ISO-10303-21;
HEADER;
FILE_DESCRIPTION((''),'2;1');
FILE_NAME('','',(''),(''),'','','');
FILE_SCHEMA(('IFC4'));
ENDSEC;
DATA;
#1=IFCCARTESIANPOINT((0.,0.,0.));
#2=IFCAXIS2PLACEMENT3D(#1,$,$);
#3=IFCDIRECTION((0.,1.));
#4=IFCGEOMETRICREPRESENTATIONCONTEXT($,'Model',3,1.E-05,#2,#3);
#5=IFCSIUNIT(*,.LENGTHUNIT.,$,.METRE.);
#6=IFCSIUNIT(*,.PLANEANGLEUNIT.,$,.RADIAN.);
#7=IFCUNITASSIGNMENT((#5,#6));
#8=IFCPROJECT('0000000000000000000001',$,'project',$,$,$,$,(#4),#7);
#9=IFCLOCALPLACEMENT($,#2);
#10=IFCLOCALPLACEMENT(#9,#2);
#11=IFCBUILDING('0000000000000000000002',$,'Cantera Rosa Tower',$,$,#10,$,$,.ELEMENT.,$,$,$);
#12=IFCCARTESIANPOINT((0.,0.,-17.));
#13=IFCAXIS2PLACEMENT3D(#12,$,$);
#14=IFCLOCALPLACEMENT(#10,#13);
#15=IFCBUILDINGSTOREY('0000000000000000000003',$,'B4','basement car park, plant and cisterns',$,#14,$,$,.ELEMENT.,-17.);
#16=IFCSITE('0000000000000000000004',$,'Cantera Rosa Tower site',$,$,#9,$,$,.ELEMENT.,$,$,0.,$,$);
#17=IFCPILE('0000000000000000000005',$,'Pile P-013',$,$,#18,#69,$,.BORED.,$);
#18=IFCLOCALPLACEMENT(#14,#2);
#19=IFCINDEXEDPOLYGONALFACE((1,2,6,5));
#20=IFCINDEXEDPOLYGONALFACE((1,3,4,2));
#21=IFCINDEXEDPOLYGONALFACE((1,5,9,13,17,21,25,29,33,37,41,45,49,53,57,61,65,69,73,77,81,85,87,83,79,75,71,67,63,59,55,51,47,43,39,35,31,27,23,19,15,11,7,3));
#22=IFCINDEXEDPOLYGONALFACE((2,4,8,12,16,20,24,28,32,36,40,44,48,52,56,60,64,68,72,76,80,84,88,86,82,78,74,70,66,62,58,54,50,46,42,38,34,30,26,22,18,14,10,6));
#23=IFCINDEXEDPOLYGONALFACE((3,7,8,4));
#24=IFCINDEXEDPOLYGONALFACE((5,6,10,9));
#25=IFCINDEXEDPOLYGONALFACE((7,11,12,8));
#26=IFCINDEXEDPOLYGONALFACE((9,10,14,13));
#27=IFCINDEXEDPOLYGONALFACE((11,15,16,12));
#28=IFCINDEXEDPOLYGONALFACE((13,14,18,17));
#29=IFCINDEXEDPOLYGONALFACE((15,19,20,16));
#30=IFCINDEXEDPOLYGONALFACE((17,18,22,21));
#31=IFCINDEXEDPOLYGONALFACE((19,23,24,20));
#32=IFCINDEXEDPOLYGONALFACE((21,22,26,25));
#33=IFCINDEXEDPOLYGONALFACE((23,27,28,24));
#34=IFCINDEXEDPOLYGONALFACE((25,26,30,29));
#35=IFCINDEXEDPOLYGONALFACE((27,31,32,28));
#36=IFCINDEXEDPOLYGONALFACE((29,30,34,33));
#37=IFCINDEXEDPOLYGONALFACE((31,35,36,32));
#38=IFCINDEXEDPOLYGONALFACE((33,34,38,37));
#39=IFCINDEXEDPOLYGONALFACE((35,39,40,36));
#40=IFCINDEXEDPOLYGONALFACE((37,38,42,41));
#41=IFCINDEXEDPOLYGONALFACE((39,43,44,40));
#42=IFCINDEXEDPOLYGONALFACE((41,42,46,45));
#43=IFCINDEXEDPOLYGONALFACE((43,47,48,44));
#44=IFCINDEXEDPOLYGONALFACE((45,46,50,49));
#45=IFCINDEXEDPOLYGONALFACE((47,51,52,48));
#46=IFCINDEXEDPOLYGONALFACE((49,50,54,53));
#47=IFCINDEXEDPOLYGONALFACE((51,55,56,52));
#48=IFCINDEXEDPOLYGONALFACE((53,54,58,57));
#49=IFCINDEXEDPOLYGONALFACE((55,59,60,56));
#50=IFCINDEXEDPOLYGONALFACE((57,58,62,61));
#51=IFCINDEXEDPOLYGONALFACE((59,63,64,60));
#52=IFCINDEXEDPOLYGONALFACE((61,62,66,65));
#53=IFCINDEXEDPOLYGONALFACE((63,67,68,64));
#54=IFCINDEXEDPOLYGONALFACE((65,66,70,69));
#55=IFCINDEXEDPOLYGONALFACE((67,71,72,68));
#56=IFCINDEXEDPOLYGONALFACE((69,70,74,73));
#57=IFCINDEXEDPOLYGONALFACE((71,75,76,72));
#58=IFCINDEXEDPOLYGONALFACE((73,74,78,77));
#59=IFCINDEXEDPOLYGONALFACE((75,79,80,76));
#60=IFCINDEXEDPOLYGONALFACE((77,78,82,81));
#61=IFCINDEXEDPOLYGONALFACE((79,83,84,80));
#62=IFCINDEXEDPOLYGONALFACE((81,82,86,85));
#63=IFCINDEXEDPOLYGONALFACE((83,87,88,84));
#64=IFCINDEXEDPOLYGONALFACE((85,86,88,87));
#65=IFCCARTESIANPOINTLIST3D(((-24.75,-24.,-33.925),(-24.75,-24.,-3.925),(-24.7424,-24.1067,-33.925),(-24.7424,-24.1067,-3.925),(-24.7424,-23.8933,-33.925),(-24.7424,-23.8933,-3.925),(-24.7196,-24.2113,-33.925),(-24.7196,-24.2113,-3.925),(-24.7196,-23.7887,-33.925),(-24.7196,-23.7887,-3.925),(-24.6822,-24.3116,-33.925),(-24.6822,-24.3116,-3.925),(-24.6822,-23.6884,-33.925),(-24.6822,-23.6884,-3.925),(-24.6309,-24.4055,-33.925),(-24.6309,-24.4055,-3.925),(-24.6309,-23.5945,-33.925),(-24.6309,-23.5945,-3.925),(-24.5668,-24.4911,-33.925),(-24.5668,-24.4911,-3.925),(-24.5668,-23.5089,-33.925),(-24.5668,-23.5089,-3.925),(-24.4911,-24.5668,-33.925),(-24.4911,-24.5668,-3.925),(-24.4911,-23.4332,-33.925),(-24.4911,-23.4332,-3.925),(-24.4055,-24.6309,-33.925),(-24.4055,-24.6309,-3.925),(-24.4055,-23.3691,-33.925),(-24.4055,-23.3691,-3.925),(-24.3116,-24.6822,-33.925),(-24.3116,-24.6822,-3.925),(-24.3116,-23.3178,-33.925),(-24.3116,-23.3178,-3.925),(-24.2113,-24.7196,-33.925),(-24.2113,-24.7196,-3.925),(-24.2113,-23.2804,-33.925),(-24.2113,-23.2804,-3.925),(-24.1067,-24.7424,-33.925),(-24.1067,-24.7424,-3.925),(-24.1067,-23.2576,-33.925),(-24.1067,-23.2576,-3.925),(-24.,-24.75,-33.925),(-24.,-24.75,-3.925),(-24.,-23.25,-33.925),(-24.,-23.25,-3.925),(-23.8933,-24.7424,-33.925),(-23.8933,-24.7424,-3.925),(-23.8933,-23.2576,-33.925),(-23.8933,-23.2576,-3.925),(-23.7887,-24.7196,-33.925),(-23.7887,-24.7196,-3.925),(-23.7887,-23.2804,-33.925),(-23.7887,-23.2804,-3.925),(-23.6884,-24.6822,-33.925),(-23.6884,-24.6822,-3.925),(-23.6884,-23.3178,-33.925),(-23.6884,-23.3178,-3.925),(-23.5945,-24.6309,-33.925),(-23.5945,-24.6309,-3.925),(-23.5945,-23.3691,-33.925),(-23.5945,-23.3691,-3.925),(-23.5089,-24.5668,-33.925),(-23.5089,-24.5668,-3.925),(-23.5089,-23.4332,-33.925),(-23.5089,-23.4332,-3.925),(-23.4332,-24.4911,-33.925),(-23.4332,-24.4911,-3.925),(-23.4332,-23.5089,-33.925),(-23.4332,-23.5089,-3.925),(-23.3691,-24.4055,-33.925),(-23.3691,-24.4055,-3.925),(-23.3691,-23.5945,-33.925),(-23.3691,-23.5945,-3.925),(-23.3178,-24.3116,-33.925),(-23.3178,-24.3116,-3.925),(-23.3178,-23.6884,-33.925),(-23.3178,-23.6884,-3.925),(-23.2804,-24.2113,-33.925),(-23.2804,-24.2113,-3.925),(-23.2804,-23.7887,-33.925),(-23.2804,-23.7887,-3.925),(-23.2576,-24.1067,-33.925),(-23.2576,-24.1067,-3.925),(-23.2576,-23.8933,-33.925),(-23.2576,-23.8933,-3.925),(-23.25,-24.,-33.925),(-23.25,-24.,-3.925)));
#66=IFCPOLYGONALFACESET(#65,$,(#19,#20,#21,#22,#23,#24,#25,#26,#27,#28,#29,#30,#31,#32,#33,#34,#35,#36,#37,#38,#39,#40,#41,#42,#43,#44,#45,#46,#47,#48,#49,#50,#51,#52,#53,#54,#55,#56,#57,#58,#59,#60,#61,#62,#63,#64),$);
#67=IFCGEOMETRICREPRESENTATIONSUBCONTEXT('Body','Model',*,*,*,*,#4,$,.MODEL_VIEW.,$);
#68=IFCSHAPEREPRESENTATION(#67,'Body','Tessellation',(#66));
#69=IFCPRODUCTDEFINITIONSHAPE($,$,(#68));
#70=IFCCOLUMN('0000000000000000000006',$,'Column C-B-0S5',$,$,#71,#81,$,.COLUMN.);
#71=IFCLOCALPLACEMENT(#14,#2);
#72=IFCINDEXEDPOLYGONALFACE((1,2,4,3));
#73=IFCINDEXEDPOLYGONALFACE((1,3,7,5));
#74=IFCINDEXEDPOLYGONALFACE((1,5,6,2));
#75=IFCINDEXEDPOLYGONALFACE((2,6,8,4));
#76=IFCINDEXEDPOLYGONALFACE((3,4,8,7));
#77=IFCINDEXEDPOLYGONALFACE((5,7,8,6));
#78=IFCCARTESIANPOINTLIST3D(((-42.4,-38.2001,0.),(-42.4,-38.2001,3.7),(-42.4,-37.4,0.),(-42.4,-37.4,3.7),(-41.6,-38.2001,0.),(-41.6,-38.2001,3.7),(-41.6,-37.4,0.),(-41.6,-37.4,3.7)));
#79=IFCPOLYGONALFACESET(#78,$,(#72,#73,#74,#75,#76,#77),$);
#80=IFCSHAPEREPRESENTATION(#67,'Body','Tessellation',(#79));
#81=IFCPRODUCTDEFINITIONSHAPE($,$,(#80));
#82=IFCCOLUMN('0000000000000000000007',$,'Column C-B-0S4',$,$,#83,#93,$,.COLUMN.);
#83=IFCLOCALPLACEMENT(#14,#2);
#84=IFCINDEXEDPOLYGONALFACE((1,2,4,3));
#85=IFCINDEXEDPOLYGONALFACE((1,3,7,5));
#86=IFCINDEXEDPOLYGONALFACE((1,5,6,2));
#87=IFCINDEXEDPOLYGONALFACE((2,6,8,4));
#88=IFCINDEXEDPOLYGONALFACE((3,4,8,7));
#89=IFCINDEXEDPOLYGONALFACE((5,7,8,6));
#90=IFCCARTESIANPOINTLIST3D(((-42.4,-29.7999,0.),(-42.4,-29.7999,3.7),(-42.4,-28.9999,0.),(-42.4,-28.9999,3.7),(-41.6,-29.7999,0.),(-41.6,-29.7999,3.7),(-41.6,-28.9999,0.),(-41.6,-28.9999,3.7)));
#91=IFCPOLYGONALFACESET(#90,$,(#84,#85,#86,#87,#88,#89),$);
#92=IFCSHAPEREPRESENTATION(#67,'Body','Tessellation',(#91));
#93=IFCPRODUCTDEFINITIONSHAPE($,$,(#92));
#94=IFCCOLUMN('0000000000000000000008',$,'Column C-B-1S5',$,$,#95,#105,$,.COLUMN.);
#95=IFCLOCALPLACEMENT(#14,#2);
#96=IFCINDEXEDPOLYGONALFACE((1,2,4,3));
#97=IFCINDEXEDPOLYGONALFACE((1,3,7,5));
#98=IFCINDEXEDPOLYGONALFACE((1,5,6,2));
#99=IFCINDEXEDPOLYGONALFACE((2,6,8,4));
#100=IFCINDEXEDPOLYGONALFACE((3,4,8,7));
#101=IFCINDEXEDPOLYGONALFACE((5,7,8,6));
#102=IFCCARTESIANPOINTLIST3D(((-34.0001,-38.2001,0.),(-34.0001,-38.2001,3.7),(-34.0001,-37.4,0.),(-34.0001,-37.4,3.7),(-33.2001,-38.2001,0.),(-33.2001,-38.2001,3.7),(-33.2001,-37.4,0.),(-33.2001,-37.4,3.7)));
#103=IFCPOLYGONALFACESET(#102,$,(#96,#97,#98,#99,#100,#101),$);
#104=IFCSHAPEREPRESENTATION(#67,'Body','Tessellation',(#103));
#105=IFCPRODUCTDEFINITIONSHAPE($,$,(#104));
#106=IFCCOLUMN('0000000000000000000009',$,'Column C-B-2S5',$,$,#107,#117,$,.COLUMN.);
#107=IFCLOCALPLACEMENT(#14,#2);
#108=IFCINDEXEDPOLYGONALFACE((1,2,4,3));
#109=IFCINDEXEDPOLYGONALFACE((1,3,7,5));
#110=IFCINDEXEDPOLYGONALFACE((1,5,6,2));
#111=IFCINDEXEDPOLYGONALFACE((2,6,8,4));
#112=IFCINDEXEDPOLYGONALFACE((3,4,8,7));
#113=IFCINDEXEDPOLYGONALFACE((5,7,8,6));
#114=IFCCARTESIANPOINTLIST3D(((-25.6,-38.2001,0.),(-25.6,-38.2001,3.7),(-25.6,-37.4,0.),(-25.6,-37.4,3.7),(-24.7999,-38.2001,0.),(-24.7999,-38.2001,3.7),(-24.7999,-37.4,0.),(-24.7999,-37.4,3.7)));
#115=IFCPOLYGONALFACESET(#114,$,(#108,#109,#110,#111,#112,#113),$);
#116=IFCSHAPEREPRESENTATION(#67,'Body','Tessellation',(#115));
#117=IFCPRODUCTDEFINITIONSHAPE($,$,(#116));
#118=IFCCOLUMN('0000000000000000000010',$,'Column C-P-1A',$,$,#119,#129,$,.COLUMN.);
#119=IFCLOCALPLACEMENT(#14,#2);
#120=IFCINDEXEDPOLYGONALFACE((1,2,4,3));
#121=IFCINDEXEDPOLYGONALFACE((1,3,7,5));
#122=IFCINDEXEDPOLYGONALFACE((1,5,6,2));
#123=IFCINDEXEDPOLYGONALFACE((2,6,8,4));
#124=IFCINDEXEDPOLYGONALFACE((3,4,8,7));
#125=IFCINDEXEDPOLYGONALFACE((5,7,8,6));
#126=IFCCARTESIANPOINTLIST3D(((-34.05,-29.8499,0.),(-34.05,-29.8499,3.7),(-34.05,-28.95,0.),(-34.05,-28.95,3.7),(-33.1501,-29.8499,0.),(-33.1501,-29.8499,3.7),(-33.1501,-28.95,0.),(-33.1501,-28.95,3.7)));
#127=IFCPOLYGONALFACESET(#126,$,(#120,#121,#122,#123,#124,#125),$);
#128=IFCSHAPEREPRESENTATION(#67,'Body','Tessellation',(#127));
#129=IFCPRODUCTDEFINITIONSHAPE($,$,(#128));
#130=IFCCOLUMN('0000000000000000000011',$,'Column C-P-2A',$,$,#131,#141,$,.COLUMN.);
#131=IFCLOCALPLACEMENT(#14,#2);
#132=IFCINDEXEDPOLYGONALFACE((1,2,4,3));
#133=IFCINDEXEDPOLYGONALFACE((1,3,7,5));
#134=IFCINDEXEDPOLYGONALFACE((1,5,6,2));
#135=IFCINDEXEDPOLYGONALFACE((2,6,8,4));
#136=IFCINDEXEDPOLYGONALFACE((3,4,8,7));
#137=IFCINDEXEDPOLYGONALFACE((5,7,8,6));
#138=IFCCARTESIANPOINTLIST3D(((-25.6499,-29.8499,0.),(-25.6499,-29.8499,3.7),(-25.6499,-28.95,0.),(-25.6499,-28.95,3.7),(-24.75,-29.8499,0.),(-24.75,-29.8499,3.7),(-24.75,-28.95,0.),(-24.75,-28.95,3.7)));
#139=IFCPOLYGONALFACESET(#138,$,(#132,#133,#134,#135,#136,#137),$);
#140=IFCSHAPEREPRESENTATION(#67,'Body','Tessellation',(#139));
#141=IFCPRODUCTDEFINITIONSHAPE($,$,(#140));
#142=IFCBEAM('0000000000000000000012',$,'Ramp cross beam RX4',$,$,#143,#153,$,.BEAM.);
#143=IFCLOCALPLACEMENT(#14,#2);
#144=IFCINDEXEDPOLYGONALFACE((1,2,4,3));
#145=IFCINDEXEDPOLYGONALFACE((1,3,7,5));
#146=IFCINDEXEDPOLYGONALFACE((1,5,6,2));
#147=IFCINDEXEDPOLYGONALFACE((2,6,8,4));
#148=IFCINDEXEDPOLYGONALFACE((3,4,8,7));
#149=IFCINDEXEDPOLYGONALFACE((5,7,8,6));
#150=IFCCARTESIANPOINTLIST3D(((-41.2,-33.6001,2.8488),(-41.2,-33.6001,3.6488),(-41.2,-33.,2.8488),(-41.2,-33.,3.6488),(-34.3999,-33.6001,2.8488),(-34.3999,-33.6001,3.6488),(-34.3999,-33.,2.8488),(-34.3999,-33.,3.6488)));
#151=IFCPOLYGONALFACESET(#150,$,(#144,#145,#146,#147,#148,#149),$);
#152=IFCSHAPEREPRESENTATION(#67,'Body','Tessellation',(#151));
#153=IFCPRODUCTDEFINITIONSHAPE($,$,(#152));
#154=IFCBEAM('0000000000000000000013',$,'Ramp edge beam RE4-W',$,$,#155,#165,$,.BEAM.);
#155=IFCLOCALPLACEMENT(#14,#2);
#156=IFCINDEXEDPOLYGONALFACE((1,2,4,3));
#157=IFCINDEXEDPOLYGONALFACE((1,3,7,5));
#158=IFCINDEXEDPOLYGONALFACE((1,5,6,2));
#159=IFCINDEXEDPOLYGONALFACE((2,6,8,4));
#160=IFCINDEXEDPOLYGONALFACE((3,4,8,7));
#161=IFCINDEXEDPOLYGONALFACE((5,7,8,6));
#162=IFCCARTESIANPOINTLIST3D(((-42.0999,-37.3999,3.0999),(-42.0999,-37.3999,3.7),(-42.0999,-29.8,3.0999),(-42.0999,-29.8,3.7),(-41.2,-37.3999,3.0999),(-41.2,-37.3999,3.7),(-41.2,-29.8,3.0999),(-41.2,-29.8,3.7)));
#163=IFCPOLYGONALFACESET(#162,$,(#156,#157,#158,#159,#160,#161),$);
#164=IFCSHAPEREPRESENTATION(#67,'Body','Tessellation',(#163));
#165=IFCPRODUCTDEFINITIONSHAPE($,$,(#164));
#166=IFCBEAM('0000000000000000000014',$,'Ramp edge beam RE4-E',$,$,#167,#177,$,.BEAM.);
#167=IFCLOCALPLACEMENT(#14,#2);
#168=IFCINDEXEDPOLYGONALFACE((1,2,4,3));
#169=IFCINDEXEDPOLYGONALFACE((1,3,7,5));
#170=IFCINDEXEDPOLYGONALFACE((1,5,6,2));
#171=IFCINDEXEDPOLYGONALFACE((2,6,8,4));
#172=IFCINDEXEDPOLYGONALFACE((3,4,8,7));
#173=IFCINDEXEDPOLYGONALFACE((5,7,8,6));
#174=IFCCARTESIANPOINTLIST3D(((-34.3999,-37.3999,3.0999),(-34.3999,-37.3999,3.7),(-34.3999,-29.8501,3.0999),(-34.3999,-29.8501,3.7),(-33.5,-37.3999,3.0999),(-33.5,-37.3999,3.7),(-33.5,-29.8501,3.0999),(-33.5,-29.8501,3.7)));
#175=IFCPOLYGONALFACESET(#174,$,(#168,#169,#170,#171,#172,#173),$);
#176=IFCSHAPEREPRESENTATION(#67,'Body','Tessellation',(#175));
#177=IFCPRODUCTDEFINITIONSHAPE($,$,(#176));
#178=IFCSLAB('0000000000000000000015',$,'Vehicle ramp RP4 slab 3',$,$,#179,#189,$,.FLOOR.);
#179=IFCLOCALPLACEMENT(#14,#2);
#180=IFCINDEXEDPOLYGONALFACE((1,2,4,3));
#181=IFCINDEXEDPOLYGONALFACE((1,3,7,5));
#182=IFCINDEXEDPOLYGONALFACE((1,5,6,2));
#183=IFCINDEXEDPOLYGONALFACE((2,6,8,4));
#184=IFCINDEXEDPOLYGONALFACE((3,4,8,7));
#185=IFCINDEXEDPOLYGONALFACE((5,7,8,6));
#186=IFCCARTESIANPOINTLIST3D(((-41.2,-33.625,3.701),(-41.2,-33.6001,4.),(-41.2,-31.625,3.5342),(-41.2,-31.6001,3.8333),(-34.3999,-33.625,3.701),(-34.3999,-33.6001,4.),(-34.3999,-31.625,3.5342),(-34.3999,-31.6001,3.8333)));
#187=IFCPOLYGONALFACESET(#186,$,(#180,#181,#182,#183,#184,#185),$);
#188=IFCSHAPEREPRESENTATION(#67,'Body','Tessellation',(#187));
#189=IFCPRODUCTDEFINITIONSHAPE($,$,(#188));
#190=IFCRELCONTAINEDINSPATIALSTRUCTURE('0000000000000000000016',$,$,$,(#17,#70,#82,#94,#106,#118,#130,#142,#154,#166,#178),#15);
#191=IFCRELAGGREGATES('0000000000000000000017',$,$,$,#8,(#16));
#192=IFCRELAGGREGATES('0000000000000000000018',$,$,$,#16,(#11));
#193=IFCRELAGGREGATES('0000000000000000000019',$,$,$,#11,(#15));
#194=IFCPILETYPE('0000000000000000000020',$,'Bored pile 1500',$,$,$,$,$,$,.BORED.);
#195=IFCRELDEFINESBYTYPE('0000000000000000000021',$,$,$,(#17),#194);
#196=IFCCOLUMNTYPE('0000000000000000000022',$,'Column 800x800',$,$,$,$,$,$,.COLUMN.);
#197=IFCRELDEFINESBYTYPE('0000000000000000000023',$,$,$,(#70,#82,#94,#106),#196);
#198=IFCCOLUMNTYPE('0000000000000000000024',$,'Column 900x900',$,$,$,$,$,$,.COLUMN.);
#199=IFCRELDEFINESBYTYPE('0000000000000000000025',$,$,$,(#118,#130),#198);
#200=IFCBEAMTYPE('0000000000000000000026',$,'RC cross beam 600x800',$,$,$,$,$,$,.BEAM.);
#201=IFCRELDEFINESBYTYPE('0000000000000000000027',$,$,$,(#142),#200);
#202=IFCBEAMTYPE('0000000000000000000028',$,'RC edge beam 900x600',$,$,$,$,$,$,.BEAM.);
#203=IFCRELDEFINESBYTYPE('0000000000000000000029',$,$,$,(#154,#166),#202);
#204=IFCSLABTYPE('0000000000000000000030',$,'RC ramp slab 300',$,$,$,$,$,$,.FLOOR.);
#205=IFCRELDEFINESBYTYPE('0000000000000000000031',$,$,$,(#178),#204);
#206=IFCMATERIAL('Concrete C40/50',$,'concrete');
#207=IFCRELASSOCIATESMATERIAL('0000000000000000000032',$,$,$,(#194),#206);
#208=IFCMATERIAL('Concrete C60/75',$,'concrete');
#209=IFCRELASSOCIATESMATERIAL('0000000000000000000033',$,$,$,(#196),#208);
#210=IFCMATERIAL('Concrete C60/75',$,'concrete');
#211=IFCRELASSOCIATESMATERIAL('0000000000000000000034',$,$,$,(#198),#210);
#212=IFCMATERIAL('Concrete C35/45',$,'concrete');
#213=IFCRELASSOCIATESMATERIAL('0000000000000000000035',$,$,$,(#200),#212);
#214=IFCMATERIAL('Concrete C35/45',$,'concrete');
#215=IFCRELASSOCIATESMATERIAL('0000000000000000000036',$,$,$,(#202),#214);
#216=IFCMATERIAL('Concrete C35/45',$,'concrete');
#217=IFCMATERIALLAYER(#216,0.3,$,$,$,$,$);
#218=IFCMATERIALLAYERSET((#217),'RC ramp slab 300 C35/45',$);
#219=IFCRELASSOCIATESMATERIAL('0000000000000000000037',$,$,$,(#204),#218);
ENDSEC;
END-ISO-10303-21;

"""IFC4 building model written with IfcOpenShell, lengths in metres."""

from ifc_helpers import new_model, si_unit, direction, frame, origin, origin_2d, place, context, subcontext, project, spatial, polyline, rectangle, circle, outline, extrude, clip, halfspace, material, layer, layer_set, material_profile, profile_set, type_object, element, save


model = new_model("IFC4")

# Units and contexts
model_context = context("Model", 3, precision=1e-05, world=origin(), true_north=direction((0.0, 1.0)))
body_context = subcontext(model_context, "Body", "Model", "MODEL_VIEW")
ifc_project = project(units=[si_unit("LENGTHUNIT", "METRE"), si_unit("PLANEANGLEUNIT", "RADIAN")], contexts=[model_context])

# Site, building, storey
site_placement = place(None, origin())
site = spatial("IfcSite", under=ifc_project, at=site_placement, Name="Cantera Rosa Tower site", CompositionType="ELEMENT", RefElevation=0.0)
building_placement = place(site_placement, origin())
building = spatial("IfcBuilding", under=site, at=building_placement, Name="Cantera Rosa Tower", CompositionType="ELEMENT")
storey_placement = place(building_placement, frame((0.0, 0.0, -17.0)))
storey = spatial("IfcBuildingStorey", under=building, at=storey_placement, Name="B4", Description="basement car park, plant and cisterns", CompositionType="ELEMENT", Elevation=-17.0)

# Pile
ifc_material_1 = material(Name="Concrete C40/50", Category="concrete")
ifc_material_profile_1 = material_profile(ifc_material_1, circle(Radius=0.75, at=origin_2d()), Name="Bored pile 1500")
ifc_profile_set_1 = profile_set([ifc_material_profile_1], Name="Concrete C40/50")
pile_type = type_object("IfcPileType", Name="Bored pile 1500", PredefinedType="BORED", material=ifc_profile_set_1)
for number, where, z_axis, x_axis, name in (
    (1, (-24.0, -24.0, -3.925), (0.0, 0.0, -1.0), (1.0, 0.0, 0.0), "Pile P-013"),
):
    element("IfcPile", number, at=place(storey_placement, frame(where, z_axis=z_axis, x_axis=x_axis)), inside=storey, type_object=pile_type, Name=name, PredefinedType="BORED", context=body_context, shape_type="SweptSolid", body=[
        extrude(circle(Radius=0.75, at=origin_2d()), origin(), (0.0, 0.0, 1.0), 30.0),
    ])

# Columns
ifc_material_2 = material(Name="Concrete C60/75", Category="concrete")
ifc_material_profile_2 = material_profile(ifc_material_2, rectangle(XDim=0.8, YDim=0.8, at=origin_2d()), Name="Column 800x800")
ifc_profile_set_2 = profile_set([ifc_material_profile_2], Name="Concrete C60/75")
column_type_1 = type_object("IfcColumnType", Name="Column 800x800", PredefinedType="COLUMN", material=ifc_profile_set_2)
for number, where, z_axis, x_axis, name in (
    (2, (-42.0, -37.8, 0.0), (0.0, 0.0, 1.0), (1.0, 0.0, 0.0), "Column C-B-0S5"),
    (3, (-42.0, -29.3999, 0.0), (0.0, 0.0, 1.0), (1.0, 0.0, 0.0), "Column C-B-0S4"),
    (4, (-33.6001, -37.8, 0.0), (0.0, 0.0, 1.0), (1.0, 0.0, 0.0), "Column C-B-1S5"),
    (5, (-25.2, -37.8, 0.0), (0.0, 0.0, 1.0), (1.0, 0.0, 0.0), "Column C-B-2S5"),
):
    element("IfcColumn", number, at=place(storey_placement, frame(where, z_axis=z_axis, x_axis=x_axis)), inside=storey, type_object=column_type_1, Name=name, PredefinedType="COLUMN", context=body_context, shape_type="SweptSolid", body=[
        extrude(rectangle(XDim=0.8, YDim=0.8, at=origin_2d()), origin(), (0.0, 0.0, 1.0), 3.7),
    ])
ifc_material_3 = material(Name="Concrete C60/75", Category="concrete")
ifc_material_profile_3 = material_profile(ifc_material_3, rectangle(XDim=0.8999, YDim=0.8999, at=origin_2d()), Name="Column 900x900")
ifc_profile_set_3 = profile_set([ifc_material_profile_3], Name="Concrete C60/75")
column_type_2 = type_object("IfcColumnType", Name="Column 900x900", PredefinedType="COLUMN", material=ifc_profile_set_3)
for number, where, z_axis, x_axis, name in (
    (6, (-33.6001, -29.3999, 0.0), (0.0, 0.0, 1.0), (1.0, 0.0, 0.0), "Column C-P-1A"),
    (7, (-25.2, -29.3999, 0.0), (0.0, 0.0, 1.0), (1.0, 0.0, 0.0), "Column C-P-2A"),
):
    element("IfcColumn", number, at=place(storey_placement, frame(where, z_axis=z_axis, x_axis=x_axis)), inside=storey, type_object=column_type_2, Name=name, PredefinedType="COLUMN", context=body_context, shape_type="SweptSolid", body=[
        extrude(rectangle(XDim=0.8999, YDim=0.8999, at=origin_2d()), origin(), (0.0, 0.0, 1.0), 3.7),
    ])

# Beams
ifc_material_4 = material(Name="Concrete C35/45", Category="concrete")
ifc_material_profile_4 = material_profile(ifc_material_4, rectangle(XDim=0.6001, YDim=0.8, at=origin_2d()), Name="RC cross beam 600x800")
ifc_profile_set_4 = profile_set([ifc_material_profile_4], Name="Concrete C35/45")
beam_type_1 = type_object("IfcBeamType", Name="RC cross beam 600x800", PredefinedType="BEAM", material=ifc_profile_set_4)
beam_1_placement = place(storey_placement, frame((-41.2, -33.3, 3.2488), z_axis=(1.0, 0.0, 0.0), x_axis=(0.0, 1.0, 0.0)))
element("IfcBeam", 8, at=beam_1_placement, inside=storey, type_object=beam_type_1, Name="Ramp cross beam RX4", PredefinedType="BEAM", context=body_context, shape_type="SweptSolid", body=[
    extrude(rectangle(XDim=0.6001, YDim=0.8, at=origin_2d()), origin(), (0.0, 0.0, 1.0), 6.8),
])
ifc_material_5 = material(Name="Concrete C35/45", Category="concrete")
ifc_material_profile_5 = material_profile(ifc_material_5, rectangle(XDim=0.8999, YDim=0.6001, at=origin_2d()), Name="RC edge beam 900x600")
ifc_profile_set_5 = profile_set([ifc_material_profile_5], Name="Concrete C35/45")
beam_type_2 = type_object("IfcBeamType", Name="RC edge beam 900x600", PredefinedType="BEAM", material=ifc_profile_set_5)
beam_2_placement = place(storey_placement, frame((-41.6499, -37.3999, 3.3999), z_axis=(0.0, 1.0, 0.0), x_axis=(-1.0, 0.0, 0.0)))
element("IfcBeam", 9, at=beam_2_placement, inside=storey, type_object=beam_type_2, Name="Ramp edge beam RE4-W", PredefinedType="BEAM", context=body_context, shape_type="SweptSolid", body=[
    extrude(rectangle(XDim=0.8999, YDim=0.6001, at=origin_2d()), origin(), (0.0, 0.0, 1.0), 7.5999),
])
beam_3_placement = place(storey_placement, frame((-33.95, -37.3999, 3.3999), z_axis=(0.0, 1.0, 0.0), x_axis=(-1.0, 0.0, 0.0)))
element("IfcBeam", 10, at=beam_3_placement, inside=storey, type_object=beam_type_2, Name="Ramp edge beam RE4-E", PredefinedType="BEAM", context=body_context, shape_type="SweptSolid", body=[
    extrude(rectangle(XDim=0.8999, YDim=0.6001, at=origin_2d()), origin(), (0.0, 0.0, 1.0), 7.5498),
])

# Slab
ifc_material_6 = material(Name="Concrete C35/45", Category="concrete")
ifc_layer_1 = layer(ifc_material_6, 0.3)
ifc_layer_set_1 = layer_set([ifc_layer_1], Name="RC ramp slab 300 C35/45")
slab_type = type_object("IfcSlabType", Name="RC ramp slab 300", PredefinedType="FLOOR", material=ifc_layer_set_1)
slab_placement = place(storey_placement, frame((-41.2, -31.6001, 3.8333), z_axis=(0.0, 0.083086, 0.996542), x_axis=(1.0, 0.0, 0.0)))
element("IfcSlab", 11, at=slab_placement, inside=storey, type_object=slab_type, Name="Vehicle ramp RP4 slab 3", PredefinedType="FLOOR", context=body_context, shape_type="Clipping", body=[
    clip(extrude(outline(polyline([(0.0, 0.0), (6.8, 0.0), (6.8, -2.0069), (0.0, -2.0069), (0.0, 0.0)])), origin(), (0.0, 0.0, -1.0), 0.3), halfspace(frame((0.0, 0.3186, -3.8201), z_axis=(0.0, -0.083086, 0.996542), x_axis=(1.0, 0.0, 0.0)), True)),
])

save(model, "model.ifc")
